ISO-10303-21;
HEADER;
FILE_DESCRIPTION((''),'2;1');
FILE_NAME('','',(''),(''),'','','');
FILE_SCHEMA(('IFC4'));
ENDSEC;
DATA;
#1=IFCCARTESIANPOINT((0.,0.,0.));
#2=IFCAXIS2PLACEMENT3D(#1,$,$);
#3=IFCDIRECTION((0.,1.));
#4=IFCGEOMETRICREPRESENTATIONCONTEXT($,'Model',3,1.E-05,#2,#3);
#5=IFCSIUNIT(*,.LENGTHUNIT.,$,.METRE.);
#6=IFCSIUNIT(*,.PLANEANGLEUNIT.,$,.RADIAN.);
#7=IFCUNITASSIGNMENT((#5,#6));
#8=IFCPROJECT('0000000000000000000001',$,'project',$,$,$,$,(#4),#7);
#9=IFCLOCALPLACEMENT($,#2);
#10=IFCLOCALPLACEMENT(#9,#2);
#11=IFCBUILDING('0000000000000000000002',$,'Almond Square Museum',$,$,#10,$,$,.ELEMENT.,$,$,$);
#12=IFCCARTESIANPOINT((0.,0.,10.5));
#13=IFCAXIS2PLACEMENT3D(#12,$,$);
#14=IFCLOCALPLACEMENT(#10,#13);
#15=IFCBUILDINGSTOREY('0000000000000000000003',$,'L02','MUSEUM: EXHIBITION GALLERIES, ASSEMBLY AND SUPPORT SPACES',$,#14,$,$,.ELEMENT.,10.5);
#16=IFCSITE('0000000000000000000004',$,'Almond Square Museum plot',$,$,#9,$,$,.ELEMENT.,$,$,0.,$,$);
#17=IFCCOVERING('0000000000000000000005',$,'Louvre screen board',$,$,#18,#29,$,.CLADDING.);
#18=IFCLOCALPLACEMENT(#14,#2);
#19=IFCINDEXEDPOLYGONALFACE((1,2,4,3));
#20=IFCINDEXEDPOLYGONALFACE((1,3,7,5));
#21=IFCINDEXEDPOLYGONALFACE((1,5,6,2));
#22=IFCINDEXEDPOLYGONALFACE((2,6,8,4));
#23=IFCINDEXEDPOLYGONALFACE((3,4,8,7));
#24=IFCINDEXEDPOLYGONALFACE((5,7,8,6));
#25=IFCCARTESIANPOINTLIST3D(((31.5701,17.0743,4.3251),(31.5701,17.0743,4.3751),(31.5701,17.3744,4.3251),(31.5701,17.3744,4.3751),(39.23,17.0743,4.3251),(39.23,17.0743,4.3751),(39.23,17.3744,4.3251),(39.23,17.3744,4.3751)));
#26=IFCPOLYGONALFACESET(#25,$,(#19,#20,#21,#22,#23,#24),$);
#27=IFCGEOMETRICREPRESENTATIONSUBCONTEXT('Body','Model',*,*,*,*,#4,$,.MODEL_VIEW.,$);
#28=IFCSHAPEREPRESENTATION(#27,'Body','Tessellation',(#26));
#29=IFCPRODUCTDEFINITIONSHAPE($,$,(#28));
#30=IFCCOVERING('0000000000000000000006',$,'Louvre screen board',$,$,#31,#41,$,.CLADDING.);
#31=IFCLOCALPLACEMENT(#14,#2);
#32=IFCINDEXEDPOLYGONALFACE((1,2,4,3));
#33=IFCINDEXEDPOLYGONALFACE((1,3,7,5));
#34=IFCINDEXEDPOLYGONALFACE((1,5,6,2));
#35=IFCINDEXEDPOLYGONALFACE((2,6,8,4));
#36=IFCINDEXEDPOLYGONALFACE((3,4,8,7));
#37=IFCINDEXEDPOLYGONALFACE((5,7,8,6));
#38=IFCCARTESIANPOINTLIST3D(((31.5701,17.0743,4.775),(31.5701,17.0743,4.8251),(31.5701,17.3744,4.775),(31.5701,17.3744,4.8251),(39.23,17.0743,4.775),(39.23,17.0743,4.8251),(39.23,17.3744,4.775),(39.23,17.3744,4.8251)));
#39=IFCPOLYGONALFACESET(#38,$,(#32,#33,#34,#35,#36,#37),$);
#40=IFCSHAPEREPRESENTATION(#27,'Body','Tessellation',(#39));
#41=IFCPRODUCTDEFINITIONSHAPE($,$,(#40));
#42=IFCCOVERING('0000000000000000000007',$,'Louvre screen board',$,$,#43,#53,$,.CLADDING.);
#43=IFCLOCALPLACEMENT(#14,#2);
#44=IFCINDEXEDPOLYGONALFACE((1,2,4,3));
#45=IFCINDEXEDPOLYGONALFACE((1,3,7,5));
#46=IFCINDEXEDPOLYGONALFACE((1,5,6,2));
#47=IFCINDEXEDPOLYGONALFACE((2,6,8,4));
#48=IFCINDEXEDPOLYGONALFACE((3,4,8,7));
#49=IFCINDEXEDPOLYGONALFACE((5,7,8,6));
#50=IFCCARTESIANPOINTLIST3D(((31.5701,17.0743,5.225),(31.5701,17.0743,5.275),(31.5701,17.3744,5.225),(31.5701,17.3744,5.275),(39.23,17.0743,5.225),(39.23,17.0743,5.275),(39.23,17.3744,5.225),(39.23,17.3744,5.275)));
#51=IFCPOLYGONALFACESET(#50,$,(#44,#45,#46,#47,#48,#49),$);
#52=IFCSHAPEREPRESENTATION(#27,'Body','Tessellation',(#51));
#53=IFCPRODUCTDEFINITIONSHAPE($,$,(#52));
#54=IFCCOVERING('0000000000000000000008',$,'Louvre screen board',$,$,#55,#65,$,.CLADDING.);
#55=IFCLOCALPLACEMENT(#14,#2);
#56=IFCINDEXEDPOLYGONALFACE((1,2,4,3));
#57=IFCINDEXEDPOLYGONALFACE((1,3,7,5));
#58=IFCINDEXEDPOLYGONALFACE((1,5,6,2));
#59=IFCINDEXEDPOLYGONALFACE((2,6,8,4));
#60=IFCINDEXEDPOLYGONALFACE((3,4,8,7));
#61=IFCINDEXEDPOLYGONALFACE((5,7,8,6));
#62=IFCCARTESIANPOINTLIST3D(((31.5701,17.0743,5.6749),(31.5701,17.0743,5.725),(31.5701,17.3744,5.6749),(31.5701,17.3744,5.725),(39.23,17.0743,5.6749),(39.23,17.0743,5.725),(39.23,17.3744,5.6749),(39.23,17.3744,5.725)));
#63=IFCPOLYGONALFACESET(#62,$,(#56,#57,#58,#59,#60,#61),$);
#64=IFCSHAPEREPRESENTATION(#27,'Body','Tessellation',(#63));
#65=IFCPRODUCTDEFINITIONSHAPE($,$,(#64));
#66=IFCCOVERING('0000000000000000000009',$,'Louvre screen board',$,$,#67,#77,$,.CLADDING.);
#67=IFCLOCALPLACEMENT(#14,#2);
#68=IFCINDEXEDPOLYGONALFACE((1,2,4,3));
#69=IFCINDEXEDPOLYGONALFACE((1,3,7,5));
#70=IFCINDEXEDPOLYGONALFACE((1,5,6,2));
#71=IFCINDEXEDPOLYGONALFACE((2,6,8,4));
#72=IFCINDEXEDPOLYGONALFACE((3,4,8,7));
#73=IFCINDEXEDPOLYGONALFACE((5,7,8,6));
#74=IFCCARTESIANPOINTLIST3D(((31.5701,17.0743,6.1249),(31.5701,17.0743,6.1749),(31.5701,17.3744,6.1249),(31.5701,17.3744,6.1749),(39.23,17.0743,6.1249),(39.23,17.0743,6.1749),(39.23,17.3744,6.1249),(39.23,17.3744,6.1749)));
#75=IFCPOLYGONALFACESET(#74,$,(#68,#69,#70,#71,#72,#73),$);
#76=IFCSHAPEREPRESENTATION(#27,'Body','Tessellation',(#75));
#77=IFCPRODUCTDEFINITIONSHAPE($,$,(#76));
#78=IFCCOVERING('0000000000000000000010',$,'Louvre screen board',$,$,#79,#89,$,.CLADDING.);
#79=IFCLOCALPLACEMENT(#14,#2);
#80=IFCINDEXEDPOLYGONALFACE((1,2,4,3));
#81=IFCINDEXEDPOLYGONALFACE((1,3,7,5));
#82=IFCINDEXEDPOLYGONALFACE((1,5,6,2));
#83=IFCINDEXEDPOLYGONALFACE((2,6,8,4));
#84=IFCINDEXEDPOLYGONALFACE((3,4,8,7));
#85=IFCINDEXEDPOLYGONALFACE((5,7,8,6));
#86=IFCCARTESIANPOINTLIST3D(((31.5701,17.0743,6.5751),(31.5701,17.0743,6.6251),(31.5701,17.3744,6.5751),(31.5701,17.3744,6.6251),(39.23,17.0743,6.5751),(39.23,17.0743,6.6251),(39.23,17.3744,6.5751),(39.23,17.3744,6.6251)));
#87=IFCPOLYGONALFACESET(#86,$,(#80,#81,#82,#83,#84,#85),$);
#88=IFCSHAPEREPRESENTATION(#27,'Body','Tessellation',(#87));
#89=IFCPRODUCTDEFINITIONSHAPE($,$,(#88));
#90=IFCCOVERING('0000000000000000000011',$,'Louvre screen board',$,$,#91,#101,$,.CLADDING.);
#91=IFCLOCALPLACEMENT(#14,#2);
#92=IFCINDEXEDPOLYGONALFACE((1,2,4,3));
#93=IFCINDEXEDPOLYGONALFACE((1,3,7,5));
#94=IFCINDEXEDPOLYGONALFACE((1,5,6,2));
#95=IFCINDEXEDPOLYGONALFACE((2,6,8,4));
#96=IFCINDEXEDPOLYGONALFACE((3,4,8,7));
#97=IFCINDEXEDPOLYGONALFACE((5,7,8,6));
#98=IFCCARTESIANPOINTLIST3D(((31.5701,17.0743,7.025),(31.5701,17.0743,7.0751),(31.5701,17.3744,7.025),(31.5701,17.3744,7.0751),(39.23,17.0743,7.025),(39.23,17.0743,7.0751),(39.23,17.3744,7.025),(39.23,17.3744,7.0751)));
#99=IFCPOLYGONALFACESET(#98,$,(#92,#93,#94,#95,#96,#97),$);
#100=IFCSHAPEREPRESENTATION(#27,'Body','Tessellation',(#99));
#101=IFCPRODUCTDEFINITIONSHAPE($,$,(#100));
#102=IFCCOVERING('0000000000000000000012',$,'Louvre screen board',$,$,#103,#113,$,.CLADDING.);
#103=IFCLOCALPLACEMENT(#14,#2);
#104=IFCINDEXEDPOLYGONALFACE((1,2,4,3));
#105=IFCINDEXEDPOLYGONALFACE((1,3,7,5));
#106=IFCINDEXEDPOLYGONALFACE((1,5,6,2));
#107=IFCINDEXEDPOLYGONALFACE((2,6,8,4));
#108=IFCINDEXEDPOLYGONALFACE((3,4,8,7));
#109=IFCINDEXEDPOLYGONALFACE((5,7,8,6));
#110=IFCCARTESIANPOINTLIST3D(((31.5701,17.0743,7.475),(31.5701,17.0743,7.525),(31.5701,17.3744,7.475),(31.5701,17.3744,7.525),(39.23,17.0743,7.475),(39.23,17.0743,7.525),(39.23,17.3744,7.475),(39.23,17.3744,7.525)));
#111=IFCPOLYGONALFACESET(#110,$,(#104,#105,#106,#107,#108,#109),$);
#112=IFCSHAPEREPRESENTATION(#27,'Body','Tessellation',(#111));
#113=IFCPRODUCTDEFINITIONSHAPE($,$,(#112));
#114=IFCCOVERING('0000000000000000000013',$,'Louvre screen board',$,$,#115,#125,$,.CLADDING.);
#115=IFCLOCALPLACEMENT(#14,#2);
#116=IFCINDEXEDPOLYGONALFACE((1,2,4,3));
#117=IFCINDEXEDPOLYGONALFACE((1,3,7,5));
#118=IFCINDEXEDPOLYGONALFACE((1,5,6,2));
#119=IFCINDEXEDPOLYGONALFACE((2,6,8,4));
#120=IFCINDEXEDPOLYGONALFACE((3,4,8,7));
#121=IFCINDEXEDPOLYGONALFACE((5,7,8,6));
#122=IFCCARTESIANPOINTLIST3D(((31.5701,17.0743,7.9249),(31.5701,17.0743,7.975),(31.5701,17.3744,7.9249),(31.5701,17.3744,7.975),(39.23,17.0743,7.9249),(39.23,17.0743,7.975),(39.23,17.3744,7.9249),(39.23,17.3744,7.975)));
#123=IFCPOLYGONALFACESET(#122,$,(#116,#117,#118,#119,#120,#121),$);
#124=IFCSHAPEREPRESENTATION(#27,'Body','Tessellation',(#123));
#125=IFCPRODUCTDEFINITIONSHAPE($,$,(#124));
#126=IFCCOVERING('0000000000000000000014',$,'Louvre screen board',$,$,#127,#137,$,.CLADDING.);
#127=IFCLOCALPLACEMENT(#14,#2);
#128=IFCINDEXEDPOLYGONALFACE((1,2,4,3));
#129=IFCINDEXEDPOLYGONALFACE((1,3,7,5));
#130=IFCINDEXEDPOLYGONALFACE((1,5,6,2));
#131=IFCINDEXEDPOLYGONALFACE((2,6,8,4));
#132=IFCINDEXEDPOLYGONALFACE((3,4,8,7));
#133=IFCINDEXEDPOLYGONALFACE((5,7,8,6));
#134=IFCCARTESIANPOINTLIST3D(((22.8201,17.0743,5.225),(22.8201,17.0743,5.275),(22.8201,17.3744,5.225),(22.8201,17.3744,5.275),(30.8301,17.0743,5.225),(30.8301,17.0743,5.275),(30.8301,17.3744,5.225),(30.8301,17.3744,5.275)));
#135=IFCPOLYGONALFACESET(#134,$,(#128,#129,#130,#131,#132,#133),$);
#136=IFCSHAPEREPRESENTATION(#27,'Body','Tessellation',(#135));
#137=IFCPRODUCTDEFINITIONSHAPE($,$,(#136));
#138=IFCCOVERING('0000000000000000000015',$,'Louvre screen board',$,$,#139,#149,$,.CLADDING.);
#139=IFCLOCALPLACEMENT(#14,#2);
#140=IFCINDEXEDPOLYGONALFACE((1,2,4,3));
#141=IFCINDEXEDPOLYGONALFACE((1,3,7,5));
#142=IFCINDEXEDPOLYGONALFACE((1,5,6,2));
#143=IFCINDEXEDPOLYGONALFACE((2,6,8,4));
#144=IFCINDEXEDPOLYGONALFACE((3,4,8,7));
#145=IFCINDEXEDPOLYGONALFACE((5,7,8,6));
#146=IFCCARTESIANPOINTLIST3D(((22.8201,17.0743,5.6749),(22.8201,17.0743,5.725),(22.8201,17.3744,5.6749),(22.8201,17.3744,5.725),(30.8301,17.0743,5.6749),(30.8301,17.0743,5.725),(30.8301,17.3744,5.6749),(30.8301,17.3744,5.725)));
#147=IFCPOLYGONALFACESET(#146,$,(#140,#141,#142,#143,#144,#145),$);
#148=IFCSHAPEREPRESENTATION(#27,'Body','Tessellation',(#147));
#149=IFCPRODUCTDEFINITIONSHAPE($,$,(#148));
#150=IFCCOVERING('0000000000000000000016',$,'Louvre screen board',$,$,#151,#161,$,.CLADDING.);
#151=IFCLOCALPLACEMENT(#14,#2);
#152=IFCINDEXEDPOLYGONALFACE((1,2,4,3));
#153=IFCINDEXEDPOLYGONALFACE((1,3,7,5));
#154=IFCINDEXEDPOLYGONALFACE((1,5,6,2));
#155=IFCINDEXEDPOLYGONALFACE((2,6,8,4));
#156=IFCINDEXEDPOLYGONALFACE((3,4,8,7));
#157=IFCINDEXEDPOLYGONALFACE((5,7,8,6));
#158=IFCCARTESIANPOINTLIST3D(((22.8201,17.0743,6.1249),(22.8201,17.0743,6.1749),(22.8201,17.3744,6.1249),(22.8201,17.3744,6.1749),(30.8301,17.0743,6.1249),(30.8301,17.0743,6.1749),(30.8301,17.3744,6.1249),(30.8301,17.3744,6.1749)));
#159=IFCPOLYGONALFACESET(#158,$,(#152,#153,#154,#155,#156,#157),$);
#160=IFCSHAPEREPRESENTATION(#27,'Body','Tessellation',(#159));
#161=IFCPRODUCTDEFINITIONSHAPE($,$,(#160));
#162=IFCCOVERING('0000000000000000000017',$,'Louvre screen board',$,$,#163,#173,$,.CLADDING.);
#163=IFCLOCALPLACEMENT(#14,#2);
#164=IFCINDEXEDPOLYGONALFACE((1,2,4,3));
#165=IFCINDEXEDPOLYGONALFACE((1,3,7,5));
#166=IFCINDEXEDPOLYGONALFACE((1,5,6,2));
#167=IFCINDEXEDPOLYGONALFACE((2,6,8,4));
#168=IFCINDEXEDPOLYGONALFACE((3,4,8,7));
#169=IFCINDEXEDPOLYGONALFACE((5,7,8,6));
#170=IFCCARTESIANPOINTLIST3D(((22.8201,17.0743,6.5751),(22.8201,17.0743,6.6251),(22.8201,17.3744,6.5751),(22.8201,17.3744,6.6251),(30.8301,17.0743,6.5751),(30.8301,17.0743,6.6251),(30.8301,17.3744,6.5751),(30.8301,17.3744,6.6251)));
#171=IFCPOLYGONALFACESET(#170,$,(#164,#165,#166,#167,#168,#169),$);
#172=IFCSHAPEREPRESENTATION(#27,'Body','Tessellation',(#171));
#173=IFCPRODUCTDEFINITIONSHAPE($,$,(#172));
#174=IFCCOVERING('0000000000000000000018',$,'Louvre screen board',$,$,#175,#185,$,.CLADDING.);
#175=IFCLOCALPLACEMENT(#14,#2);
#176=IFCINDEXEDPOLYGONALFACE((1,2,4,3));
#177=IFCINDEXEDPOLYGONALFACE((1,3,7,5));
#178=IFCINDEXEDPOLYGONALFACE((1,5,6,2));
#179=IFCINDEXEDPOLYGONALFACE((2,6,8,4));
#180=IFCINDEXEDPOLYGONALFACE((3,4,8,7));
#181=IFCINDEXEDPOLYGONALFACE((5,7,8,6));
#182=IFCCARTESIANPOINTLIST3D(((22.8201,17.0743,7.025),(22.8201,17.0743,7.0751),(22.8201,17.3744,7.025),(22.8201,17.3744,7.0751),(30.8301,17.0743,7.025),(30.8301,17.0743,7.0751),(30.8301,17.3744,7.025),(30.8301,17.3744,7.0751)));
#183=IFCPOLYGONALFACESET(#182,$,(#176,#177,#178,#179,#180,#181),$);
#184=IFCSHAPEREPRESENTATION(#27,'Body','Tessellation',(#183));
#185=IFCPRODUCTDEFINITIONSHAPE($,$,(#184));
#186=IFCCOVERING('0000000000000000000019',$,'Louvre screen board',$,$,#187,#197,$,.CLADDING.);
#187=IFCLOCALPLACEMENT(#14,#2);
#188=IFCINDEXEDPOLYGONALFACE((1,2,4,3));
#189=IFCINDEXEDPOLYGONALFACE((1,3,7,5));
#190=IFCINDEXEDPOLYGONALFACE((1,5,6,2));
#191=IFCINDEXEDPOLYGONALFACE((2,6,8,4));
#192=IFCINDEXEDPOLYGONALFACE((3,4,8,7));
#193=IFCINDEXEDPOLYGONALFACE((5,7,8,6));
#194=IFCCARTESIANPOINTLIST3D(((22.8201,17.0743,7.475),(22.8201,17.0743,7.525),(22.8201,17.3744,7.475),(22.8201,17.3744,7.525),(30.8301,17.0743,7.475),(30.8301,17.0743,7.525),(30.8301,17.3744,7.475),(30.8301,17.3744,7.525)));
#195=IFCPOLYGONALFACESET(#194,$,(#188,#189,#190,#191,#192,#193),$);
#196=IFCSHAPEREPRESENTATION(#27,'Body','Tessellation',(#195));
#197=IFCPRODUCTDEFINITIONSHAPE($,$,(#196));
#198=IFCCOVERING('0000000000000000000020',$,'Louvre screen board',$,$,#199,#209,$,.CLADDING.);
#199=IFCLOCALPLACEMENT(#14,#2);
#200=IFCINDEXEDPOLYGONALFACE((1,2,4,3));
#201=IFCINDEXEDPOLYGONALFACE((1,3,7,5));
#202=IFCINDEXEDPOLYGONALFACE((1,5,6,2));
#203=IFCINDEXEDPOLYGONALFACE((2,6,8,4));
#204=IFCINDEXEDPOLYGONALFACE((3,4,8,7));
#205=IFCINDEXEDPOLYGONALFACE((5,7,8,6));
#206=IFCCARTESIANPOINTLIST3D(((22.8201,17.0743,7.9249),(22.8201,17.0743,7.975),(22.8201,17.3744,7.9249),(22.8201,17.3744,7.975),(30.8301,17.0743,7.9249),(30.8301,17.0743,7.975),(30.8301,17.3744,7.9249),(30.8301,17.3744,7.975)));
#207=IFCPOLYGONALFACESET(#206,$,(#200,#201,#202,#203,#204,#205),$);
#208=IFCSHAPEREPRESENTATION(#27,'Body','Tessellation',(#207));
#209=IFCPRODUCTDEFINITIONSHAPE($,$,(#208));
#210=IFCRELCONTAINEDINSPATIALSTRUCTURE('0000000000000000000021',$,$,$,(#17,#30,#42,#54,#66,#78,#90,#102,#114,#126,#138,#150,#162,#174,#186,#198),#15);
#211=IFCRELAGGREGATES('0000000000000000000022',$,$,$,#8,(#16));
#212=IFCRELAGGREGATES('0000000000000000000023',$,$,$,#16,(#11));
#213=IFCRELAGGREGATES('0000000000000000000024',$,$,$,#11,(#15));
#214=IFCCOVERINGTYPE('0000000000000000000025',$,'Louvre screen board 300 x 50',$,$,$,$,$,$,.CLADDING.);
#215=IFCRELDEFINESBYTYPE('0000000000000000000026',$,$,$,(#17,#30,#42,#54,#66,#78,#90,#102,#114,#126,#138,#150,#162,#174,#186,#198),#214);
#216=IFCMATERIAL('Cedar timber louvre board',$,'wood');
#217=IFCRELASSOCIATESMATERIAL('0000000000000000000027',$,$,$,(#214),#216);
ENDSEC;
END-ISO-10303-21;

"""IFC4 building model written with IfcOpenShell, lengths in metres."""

from ifc_helpers import new_model, si_unit, direction, frame, origin, origin_2d, place, context, subcontext, project, spatial, rectangle, extrude, material, material_profile, profile_set, type_object, element, save


model = new_model("IFC4")

# Units and contexts
model_context = context("Model", 3, precision=1e-05, world=origin(), true_north=direction((0.0, 1.0)))
body_context = subcontext(model_context, "Body", "Model", "MODEL_VIEW")
ifc_project = project(units=[si_unit("LENGTHUNIT", "METRE"), si_unit("PLANEANGLEUNIT", "RADIAN")], contexts=[model_context])

# Site, building, storey
site_placement = place(None, origin())
site = spatial("IfcSite", under=ifc_project, at=site_placement, Name="Almond Square Museum plot", CompositionType="ELEMENT", RefElevation=0.0)
building_placement = place(site_placement, origin())
building = spatial("IfcBuilding", under=site, at=building_placement, Name="Almond Square Museum", CompositionType="ELEMENT")
storey_placement = place(building_placement, frame((0.0, 0.0, 10.5)))
storey = spatial("IfcBuildingStorey", under=building, at=storey_placement, Name="L02", Description="MUSEUM: EXHIBITION GALLERIES, ASSEMBLY AND SUPPORT SPACES", CompositionType="ELEMENT", Elevation=10.5)

# Coverings
ifc_material_1 = material(Name="Cedar timber louvre board", Category="wood")
ifc_material_profile_1 = material_profile(ifc_material_1, rectangle(XDim=0.3, YDim=0.05, at=origin_2d()))
ifc_profile_set_1 = profile_set([ifc_material_profile_1], Name="Cedar timber louvre board")
covering_type = type_object("IfcCoveringType", Name="Louvre screen board 300 x 50", PredefinedType="CLADDING", material=ifc_profile_set_1)
for number, where, z_axis, x_axis, name in (
    (1, (31.5701, 17.2244, 4.3501), (1.0, 0.0, 0.0), (0.0, 1.0, 0.0), "Louvre screen board"),
    (2, (31.5701, 17.2244, 4.8), (1.0, 0.0, 0.0), (0.0, 1.0, 0.0), "Louvre screen board"),
    (3, (31.5701, 17.2244, 5.25), (1.0, 0.0, 0.0), (0.0, 1.0, 0.0), "Louvre screen board"),
    (4, (31.5701, 17.2244, 5.7), (1.0, 0.0, 0.0), (0.0, 1.0, 0.0), "Louvre screen board"),
    (5, (31.5701, 17.2244, 6.1499), (1.0, 0.0, 0.0), (0.0, 1.0, 0.0), "Louvre screen board"),
    (6, (31.5701, 17.2244, 6.6001), (1.0, 0.0, 0.0), (0.0, 1.0, 0.0), "Louvre screen board"),
    (7, (31.5701, 17.2244, 7.05), (1.0, 0.0, 0.0), (0.0, 1.0, 0.0), "Louvre screen board"),
    (8, (31.5701, 17.2244, 7.5), (1.0, 0.0, 0.0), (0.0, 1.0, 0.0), "Louvre screen board"),
    (9, (31.5701, 17.2244, 7.95), (1.0, 0.0, 0.0), (0.0, 1.0, 0.0), "Louvre screen board"),
):
    element("IfcCovering", number, at=place(storey_placement, frame(where, z_axis=z_axis, x_axis=x_axis)), inside=storey, type_object=covering_type, Name=name, PredefinedType="CLADDING", context=body_context, shape_type="SweptSolid", body=[
        extrude(rectangle(XDim=0.3, YDim=0.05, at=origin_2d()), origin(), (0.0, 0.0, 1.0), 7.6599),
    ])
for number, where, z_axis, x_axis, name in (
    (10, (22.8201, 17.2244, 5.25), (1.0, 0.0, 0.0), (0.0, 1.0, 0.0), "Louvre screen board"),
    (11, (22.8201, 17.2244, 5.7), (1.0, 0.0, 0.0), (0.0, 1.0, 0.0), "Louvre screen board"),
    (12, (22.8201, 17.2244, 6.1499), (1.0, 0.0, 0.0), (0.0, 1.0, 0.0), "Louvre screen board"),
    (13, (22.8201, 17.2244, 6.6001), (1.0, 0.0, 0.0), (0.0, 1.0, 0.0), "Louvre screen board"),
    (14, (22.8201, 17.2244, 7.05), (1.0, 0.0, 0.0), (0.0, 1.0, 0.0), "Louvre screen board"),
    (15, (22.8201, 17.2244, 7.5), (1.0, 0.0, 0.0), (0.0, 1.0, 0.0), "Louvre screen board"),
    (16, (22.8201, 17.2244, 7.95), (1.0, 0.0, 0.0), (0.0, 1.0, 0.0), "Louvre screen board"),
):
    element("IfcCovering", number, at=place(storey_placement, frame(where, z_axis=z_axis, x_axis=x_axis)), inside=storey, type_object=covering_type, Name=name, PredefinedType="CLADDING", context=body_context, shape_type="SweptSolid", body=[
        extrude(rectangle(XDim=0.3, YDim=0.05, at=origin_2d()), origin(), (0.0, 0.0, 1.0), 8.01),
    ])

save(model, "model.ifc")
